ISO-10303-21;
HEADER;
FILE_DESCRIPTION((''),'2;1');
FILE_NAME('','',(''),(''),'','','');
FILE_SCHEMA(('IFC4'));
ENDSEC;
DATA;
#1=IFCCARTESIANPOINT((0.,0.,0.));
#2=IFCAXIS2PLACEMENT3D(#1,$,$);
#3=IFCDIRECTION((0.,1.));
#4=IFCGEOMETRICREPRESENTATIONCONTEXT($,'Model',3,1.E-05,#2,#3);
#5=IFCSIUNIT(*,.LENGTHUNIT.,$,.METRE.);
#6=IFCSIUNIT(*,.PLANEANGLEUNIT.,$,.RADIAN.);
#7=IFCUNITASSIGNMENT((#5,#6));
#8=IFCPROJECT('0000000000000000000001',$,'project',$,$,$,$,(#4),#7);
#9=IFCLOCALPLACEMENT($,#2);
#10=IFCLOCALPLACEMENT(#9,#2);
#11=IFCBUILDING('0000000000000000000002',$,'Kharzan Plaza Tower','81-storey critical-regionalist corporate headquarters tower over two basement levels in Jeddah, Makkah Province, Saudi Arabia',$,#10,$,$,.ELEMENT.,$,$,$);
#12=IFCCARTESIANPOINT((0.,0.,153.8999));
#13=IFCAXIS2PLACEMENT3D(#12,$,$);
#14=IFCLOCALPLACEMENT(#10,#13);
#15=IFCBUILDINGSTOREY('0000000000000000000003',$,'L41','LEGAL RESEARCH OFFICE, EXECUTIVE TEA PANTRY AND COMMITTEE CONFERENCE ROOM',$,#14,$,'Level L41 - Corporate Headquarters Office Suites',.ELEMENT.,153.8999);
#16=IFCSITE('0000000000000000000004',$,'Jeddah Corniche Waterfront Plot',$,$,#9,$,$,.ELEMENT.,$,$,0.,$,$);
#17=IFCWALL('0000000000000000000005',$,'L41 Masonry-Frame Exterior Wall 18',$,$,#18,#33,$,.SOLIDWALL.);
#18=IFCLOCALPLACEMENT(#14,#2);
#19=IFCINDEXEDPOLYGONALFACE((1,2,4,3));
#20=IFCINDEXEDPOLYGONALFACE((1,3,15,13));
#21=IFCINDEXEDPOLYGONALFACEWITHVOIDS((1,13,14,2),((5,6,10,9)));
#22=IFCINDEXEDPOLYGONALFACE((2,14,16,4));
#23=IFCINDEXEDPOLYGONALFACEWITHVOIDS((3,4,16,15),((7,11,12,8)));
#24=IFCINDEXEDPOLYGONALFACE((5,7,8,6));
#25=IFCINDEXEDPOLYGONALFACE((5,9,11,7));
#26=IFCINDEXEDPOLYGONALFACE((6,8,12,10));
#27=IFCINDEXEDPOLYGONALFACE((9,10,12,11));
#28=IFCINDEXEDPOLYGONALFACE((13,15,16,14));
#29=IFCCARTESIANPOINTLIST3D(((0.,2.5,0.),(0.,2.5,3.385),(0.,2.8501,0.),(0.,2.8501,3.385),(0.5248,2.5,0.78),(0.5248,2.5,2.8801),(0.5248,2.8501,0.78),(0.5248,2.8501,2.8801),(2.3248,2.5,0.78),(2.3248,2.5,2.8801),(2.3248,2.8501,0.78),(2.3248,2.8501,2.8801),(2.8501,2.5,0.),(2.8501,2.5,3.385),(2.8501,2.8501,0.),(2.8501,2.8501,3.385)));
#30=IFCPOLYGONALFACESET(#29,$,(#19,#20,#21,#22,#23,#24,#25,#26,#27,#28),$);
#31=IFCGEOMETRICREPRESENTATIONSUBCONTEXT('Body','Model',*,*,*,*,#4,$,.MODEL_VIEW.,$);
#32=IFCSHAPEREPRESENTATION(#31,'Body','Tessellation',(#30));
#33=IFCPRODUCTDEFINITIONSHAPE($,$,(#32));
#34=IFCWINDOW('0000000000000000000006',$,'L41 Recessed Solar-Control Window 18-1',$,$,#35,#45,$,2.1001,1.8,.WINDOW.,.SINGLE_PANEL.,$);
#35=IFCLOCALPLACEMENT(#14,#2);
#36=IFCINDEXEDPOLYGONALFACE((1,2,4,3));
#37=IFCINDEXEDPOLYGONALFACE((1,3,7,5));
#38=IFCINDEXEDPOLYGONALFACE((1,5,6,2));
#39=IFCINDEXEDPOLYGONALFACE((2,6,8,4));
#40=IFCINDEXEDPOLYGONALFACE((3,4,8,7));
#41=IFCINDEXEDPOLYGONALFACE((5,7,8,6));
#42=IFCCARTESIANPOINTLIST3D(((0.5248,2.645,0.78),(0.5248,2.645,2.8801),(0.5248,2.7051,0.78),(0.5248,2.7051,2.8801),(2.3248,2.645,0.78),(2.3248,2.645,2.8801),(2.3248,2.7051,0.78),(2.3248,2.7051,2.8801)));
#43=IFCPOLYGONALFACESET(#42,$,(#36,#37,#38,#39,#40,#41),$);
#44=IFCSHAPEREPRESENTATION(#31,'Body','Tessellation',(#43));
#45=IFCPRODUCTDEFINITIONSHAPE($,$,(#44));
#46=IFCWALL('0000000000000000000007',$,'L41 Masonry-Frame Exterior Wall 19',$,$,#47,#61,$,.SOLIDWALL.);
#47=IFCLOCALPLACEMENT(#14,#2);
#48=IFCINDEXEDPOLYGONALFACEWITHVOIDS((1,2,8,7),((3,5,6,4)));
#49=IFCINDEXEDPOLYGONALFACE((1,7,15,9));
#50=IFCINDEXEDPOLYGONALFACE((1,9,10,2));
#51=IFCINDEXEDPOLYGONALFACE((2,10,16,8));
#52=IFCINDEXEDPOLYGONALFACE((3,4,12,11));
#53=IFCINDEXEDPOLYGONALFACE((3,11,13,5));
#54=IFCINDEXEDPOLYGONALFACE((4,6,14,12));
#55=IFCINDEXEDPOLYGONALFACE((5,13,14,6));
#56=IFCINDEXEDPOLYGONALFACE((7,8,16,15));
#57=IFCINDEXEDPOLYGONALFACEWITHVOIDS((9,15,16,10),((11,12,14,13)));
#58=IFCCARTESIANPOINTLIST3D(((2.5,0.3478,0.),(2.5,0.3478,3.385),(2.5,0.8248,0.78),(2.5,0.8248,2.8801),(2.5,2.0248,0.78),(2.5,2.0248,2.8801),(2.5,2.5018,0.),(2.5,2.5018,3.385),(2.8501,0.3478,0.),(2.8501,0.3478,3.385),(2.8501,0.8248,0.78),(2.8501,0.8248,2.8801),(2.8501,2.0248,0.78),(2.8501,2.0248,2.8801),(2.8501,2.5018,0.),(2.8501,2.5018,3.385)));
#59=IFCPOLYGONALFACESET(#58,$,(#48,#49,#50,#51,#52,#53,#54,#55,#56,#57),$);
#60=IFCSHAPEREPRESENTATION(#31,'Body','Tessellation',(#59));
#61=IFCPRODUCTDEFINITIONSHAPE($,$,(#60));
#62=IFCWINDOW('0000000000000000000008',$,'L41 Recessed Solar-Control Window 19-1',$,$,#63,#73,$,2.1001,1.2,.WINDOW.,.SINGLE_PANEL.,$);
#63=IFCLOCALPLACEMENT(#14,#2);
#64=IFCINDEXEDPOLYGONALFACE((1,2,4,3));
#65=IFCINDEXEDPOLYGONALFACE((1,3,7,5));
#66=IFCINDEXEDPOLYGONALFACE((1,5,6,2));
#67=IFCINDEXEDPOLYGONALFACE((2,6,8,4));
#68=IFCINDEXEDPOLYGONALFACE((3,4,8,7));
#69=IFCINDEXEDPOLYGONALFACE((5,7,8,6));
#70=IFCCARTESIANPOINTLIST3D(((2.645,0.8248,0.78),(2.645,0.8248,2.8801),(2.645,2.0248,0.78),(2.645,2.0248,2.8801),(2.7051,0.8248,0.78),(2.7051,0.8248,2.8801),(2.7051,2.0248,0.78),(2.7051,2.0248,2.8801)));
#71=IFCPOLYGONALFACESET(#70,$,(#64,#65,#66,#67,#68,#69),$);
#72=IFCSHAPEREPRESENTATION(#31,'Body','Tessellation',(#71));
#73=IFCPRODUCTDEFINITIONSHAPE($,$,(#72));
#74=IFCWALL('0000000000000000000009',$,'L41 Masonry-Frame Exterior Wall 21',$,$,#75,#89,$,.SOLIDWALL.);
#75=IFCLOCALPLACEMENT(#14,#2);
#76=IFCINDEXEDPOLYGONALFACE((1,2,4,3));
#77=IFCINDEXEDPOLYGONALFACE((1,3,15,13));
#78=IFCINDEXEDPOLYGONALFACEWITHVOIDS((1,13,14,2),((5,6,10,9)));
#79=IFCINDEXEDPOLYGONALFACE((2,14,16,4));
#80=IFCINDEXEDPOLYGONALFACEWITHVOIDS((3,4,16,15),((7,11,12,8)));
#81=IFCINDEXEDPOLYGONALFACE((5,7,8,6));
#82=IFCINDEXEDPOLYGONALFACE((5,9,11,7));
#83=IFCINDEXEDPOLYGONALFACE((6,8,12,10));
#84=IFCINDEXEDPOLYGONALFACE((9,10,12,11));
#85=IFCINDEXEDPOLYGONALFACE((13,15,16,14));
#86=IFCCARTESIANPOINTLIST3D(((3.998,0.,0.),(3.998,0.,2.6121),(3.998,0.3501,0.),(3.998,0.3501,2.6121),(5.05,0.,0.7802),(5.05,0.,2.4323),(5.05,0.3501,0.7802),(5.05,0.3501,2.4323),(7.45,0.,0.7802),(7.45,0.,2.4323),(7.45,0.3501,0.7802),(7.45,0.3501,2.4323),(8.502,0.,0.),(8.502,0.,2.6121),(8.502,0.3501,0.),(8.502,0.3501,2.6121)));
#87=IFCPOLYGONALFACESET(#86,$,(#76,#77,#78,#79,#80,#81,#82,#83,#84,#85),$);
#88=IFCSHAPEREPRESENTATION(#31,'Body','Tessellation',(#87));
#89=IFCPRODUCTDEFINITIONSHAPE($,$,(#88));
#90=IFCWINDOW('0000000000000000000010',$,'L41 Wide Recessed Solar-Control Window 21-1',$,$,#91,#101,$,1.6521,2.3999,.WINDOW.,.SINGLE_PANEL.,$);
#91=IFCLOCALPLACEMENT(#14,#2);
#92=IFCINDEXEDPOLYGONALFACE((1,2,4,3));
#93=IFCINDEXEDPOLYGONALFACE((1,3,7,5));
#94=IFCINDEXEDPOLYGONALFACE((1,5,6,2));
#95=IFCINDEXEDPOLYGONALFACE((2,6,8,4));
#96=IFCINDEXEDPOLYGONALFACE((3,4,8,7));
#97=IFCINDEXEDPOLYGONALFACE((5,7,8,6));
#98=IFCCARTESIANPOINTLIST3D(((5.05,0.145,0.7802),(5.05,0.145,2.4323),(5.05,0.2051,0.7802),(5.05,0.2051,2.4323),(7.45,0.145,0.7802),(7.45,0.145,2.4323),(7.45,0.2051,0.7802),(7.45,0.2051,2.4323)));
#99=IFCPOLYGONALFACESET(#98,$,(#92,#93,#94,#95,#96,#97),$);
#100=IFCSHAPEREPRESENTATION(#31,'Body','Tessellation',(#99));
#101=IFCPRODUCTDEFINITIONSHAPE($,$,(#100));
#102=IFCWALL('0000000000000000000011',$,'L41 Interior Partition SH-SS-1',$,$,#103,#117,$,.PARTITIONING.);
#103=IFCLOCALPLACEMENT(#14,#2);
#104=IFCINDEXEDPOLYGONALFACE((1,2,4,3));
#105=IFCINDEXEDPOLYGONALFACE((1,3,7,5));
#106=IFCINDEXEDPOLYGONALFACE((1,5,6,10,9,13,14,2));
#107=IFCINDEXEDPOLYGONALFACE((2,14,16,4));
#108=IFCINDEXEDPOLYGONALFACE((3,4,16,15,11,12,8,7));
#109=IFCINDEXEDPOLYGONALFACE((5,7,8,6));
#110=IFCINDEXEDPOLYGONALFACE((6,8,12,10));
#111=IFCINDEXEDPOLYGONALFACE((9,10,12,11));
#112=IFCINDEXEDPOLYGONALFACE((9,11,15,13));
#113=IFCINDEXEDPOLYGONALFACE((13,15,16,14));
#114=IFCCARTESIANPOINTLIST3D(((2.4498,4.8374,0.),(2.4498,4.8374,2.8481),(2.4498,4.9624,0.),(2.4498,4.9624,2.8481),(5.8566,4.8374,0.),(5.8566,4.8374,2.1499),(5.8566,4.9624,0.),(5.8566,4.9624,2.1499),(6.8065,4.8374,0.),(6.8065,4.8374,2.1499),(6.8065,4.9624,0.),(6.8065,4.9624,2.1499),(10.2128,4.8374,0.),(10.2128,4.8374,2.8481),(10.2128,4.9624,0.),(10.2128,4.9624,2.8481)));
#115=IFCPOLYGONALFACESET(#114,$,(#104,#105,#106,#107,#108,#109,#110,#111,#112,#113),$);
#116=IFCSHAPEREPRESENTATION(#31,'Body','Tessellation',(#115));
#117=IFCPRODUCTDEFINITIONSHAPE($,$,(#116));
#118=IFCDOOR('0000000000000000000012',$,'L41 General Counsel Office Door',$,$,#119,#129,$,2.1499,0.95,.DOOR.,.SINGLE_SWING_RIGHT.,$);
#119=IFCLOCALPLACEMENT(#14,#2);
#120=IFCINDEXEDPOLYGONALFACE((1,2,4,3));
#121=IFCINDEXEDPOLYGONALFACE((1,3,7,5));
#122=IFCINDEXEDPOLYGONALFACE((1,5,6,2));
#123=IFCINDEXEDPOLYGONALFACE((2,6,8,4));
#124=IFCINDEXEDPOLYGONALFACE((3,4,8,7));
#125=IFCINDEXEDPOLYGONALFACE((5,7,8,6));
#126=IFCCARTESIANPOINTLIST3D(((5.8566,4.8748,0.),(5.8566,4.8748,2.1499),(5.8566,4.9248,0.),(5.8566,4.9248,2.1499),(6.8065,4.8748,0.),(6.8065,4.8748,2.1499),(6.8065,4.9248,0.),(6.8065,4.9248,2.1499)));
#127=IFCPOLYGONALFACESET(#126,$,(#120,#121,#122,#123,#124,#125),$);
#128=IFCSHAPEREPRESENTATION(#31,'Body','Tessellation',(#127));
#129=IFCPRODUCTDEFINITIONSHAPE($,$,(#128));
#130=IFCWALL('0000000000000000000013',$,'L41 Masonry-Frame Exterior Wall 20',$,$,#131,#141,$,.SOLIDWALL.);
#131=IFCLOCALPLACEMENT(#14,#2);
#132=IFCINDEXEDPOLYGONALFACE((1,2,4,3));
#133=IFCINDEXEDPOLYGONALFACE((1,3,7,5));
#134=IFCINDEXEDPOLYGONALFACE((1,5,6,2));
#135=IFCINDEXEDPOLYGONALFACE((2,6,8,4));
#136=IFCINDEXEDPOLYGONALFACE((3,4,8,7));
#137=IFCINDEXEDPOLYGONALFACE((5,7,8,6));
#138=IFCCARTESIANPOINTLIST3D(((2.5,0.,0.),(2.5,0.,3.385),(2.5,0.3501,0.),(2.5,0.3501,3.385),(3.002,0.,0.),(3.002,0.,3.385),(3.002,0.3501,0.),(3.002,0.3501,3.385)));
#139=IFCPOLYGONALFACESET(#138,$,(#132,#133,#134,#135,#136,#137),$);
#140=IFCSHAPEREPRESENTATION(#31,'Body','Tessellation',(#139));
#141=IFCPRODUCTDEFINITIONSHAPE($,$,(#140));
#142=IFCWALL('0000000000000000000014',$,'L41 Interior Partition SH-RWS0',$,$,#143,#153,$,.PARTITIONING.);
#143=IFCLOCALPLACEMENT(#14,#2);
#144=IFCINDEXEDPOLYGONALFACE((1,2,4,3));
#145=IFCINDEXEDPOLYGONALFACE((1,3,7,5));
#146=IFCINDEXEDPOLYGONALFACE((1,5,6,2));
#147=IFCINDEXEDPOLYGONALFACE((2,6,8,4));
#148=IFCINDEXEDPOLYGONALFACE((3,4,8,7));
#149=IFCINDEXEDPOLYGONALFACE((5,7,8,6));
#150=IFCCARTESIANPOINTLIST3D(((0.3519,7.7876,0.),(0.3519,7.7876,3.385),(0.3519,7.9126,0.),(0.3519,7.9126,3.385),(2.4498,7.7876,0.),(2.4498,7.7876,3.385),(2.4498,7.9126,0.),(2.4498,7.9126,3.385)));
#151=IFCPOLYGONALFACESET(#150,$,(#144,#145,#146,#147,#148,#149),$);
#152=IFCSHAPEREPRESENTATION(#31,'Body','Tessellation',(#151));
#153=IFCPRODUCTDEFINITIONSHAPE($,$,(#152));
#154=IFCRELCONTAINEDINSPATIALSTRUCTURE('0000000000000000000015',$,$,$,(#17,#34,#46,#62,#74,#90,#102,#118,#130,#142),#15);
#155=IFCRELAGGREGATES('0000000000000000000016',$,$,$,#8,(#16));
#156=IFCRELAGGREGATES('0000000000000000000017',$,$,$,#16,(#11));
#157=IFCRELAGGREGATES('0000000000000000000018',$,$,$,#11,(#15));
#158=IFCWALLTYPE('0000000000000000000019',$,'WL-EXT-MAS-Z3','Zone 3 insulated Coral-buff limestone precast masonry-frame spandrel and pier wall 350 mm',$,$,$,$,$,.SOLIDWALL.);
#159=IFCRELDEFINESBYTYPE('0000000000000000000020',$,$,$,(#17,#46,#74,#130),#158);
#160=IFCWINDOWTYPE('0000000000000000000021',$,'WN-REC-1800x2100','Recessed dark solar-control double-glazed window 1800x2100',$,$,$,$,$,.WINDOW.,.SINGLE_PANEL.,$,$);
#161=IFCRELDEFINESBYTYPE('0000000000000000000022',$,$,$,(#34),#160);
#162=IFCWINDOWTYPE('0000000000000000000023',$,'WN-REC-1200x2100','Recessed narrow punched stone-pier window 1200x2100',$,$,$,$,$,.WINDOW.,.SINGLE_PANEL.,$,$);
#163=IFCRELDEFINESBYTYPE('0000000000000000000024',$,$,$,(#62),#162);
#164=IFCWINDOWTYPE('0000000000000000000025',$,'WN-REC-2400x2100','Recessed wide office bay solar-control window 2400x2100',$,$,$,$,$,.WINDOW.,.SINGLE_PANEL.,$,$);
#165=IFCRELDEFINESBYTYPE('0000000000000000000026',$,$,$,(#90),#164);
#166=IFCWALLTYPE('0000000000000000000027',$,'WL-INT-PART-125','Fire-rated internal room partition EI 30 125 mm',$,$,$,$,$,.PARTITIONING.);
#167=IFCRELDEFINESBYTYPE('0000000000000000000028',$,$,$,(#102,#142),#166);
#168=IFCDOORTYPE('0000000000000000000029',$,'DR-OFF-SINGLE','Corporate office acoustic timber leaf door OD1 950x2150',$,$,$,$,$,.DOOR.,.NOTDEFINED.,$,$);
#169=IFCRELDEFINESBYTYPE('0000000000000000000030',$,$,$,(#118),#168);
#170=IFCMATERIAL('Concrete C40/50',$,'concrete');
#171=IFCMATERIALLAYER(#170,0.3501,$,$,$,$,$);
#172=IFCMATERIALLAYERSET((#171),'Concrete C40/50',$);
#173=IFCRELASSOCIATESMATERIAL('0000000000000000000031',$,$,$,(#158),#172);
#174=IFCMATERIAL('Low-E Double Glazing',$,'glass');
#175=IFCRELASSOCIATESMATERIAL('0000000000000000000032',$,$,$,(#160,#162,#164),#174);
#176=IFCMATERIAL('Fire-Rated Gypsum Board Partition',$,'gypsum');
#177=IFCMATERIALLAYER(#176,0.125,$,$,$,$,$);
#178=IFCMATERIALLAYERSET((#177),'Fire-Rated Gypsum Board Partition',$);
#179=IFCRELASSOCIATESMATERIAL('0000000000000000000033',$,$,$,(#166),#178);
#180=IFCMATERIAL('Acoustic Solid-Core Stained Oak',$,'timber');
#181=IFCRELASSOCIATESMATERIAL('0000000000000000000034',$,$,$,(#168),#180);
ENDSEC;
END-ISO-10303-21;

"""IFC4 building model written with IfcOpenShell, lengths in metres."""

from ifc_helpers import new_model, si_unit, direction, frame, frame_2d, origin, place, context, subcontext, project, spatial, rectangle, extrude, source, transform, mapped, material, layer, layer_set, type_object, element, fill, save


model = new_model("IFC4")

# Units and contexts
model_context = context("Model", 3, precision=1e-05, world=origin(), true_north=direction((0.0, 1.0)))
body_context = subcontext(model_context, "Body", "Model", "MODEL_VIEW")
ifc_project = project(units=[si_unit("LENGTHUNIT", "METRE"), si_unit("PLANEANGLEUNIT", "RADIAN")], contexts=[model_context])

# Site, building, storey
site_placement = place(None, origin())
site = spatial("IfcSite", under=ifc_project, at=site_placement, Name="Jeddah Corniche Waterfront Plot", CompositionType="ELEMENT", RefElevation=0.0)
building_placement = place(site_placement, origin())
building = spatial("IfcBuilding", under=site, at=building_placement, Name="Kharzan Plaza Tower", Description="81-storey critical-regionalist corporate headquarters tower over two basement levels in Jeddah, Makkah Province, Saudi Arabia", CompositionType="ELEMENT")
storey_placement = place(building_placement, frame((0.0, 0.0, 153.8999)))
storey = spatial("IfcBuildingStorey", under=building, at=storey_placement, Name="L41", Description="LEGAL RESEARCH OFFICE, EXECUTIVE TEA PANTRY AND COMMITTEE CONFERENCE ROOM", LongName="Level L41 - Corporate Headquarters Office Suites", CompositionType="ELEMENT", Elevation=153.8999)

# Shared definitions
ifc_material_1 = material(Name="Concrete C40/50", Category="concrete")

# Walls, openings, windows
ifc_layer_1 = layer(ifc_material_1, 0.3501)
ifc_layer_set_1 = layer_set([ifc_layer_1], Name="Concrete C40/50")
wall_type_1 = type_object("IfcWallType", Name="WL-EXT-MAS-Z3", Description="Zone 3 insulated Coral-buff limestone precast masonry-frame spandrel and pier wall 350 mm", PredefinedType="SOLIDWALL", material=ifc_layer_set_1)
ifc_material_2 = material(Name="Low-E Double Glazing", Category="glass")
window_type_1 = type_object("IfcWindowType", Name="WN-REC-1800x2100", Description="Recessed dark solar-control double-glazed window 1800x2100", PartitioningType="SINGLE_PANEL", PredefinedType="WINDOW", material=ifc_material_2)
wall_1_placement = place(storey_placement, frame((0.0, 2.675, 0.0), z_axis=(0.0, 0.0, 1.0), x_axis=(1.0, 0.0, 0.0)))
wall_1 = element("IfcWall", 1, at=wall_1_placement, inside=storey, type_object=wall_type_1, Name="L41 Masonry-Frame Exterior Wall 18", PredefinedType="SOLIDWALL", context=body_context, shape_type="SweptSolid", body=[
    extrude(rectangle(XDim=2.8501, YDim=0.3501, at=frame_2d((1.425, 0.0))), origin(), (0.0, 0.0, 1.0), 3.385),
])
opening_1_placement = place(wall_1_placement, frame((0.5249, 0.0, 0.78)))
opening_1 = element("IfcOpeningElement", 2, at=opening_1_placement, cuts=wall_1, PredefinedType="OPENING", context=body_context, shape_type="SweptSolid", body=[
    extrude(rectangle(XDim=1.8, YDim=2.1001, at=frame_2d((0.8999, 1.05))), frame((0.0, 0.1851, 0.0), z_axis=(0.0, -1.0, 0.0), x_axis=(1.0, 0.0, 0.0)), (0.0, 0.0, 1.0), 0.3701),
])
shared_shape_1 = source(origin(), body_context, "Body", "SweptSolid", [
    extrude(rectangle(XDim=1.8, YDim=2.1001, at=frame_2d((0.8999, 1.05))), frame((0.0, 0.03, 0.0), z_axis=(0.0, -1.0, 0.0), x_axis=(1.0, 0.0, 0.0)), (0.0, 0.0, 1.0), 0.0601),
])
window_1_placement = place(opening_1_placement, origin())
window_1 = element("IfcWindow", 3, at=window_1_placement, inside=storey, type_object=window_type_1, Name="L41 Recessed Solar-Control Window 18-1", OverallHeight=2.1001, OverallWidth=1.8, PartitioningType="SINGLE_PANEL", PredefinedType="WINDOW", context=body_context, shape_type="MappedRepresentation", body=[
    mapped(shared_shape_1, transform((0.0, 0.0, 0.0), x_axis=(1.0, 0.0, 0.0), y_axis=(0.0, 1.0, 0.0), z_axis=(0.0, 0.0, 1.0))),
])
fill(opening_1, window_1)
wall_2_placement = place(storey_placement, frame((2.675, 2.502, 0.0), z_axis=(0.0, 0.0, 1.0), x_axis=(0.0, -1.0, 0.0)))
wall_2 = element("IfcWall", 4, at=wall_2_placement, inside=storey, type_object=wall_type_1, Name="L41 Masonry-Frame Exterior Wall 19", PredefinedType="SOLIDWALL", context=body_context, shape_type="SweptSolid", body=[
    extrude(rectangle(XDim=2.1541, YDim=0.3501, at=frame_2d((1.0771, 0.0))), origin(), (0.0, 0.0, 1.0), 3.385),
])
opening_2_placement = place(wall_2_placement, frame((0.4771, 0.0, 0.78)))
opening_2 = element("IfcOpeningElement", 5, at=opening_2_placement, cuts=wall_2, PredefinedType="OPENING", context=body_context, shape_type="SweptSolid", body=[
    extrude(rectangle(XDim=1.2, YDim=2.1001, at=frame_2d((0.6001, 1.05))), frame((0.0, 0.1851, 0.0), z_axis=(0.0, -1.0, 0.0), x_axis=(1.0, 0.0, 0.0)), (0.0, 0.0, 1.0), 0.3701),
])
window_type_2 = type_object("IfcWindowType", Name="WN-REC-1200x2100", Description="Recessed narrow punched stone-pier window 1200x2100", PartitioningType="SINGLE_PANEL", PredefinedType="WINDOW", material=ifc_material_2)
shared_shape_2 = source(origin(), body_context, "Body", "SweptSolid", [
    extrude(rectangle(XDim=1.2, YDim=2.1001, at=frame_2d((0.6001, 1.05))), frame((0.0, 0.03, 0.0), z_axis=(0.0, -1.0, 0.0), x_axis=(1.0, 0.0, 0.0)), (0.0, 0.0, 1.0), 0.0601),
])
window_2_placement = place(opening_2_placement, origin())
window_2 = element("IfcWindow", 6, at=window_2_placement, inside=storey, type_object=window_type_2, Name="L41 Recessed Solar-Control Window 19-1", OverallHeight=2.1001, OverallWidth=1.2, PartitioningType="SINGLE_PANEL", PredefinedType="WINDOW", context=body_context, shape_type="MappedRepresentation", body=[
    mapped(shared_shape_2, transform((0.0, 0.0, 0.0), x_axis=(1.0, 0.0, 0.0), y_axis=(0.0, 1.0, 0.0), z_axis=(0.0, 0.0, 1.0))),
])
fill(opening_2, window_2)
wall_3_placement = place(storey_placement, frame((3.998, 0.175, 0.0), z_axis=(0.0, 0.0, 1.0), x_axis=(1.0, 0.0, 0.0)))
wall_3 = element("IfcWall", 7, at=wall_3_placement, inside=storey, type_object=wall_type_1, Name="L41 Masonry-Frame Exterior Wall 21", PredefinedType="SOLIDWALL", context=body_context, shape_type="SweptSolid", body=[
    extrude(rectangle(XDim=4.5039, YDim=0.3501, at=frame_2d((2.252, 0.0))), origin(), (0.0, 0.0, 1.0), 2.6121),
])
opening_3_placement = place(wall_3_placement, frame((1.052, 0.0, 0.78)))
opening_3 = element("IfcOpeningElement", 8, at=opening_3_placement, cuts=wall_3, PredefinedType="OPENING", context=body_context, shape_type="SweptSolid", body=[
    extrude(rectangle(XDim=2.3999, YDim=1.6521, at=frame_2d((1.2, 0.8262))), frame((0.0, 0.1851, 0.0), z_axis=(0.0, -1.0, 0.0), x_axis=(1.0, 0.0, 0.0)), (0.0, 0.0, 1.0), 0.3701),
])
window_type_3 = type_object("IfcWindowType", Name="WN-REC-2400x2100", Description="Recessed wide office bay solar-control window 2400x2100", PartitioningType="SINGLE_PANEL", PredefinedType="WINDOW", material=ifc_material_2)
shared_shape_3 = source(origin(), body_context, "Body", "SweptSolid", [
    extrude(rectangle(XDim=2.3999, YDim=1.6521, at=frame_2d((1.2, 0.8262))), frame((0.0, 0.03, 0.0), z_axis=(0.0, -1.0, 0.0), x_axis=(1.0, 0.0, 0.0)), (0.0, 0.0, 1.0), 0.0601),
])
window_3_placement = place(opening_3_placement, origin())
window_3 = element("IfcWindow", 9, at=window_3_placement, inside=storey, type_object=window_type_3, Name="L41 Wide Recessed Solar-Control Window 21-1", OverallHeight=1.6521, OverallWidth=2.3999, PartitioningType="SINGLE_PANEL", PredefinedType="WINDOW", context=body_context, shape_type="MappedRepresentation", body=[
    mapped(shared_shape_3, transform((0.0, 0.0, 0.0), x_axis=(1.0, 0.0, 0.0), y_axis=(0.0, 1.0, 0.0), z_axis=(0.0, 0.0, 1.0))),
])
fill(opening_3, window_3)

# Wall, opening, door
ifc_material_3 = material(Name="Fire-Rated Gypsum Board Partition", Category="gypsum")
ifc_layer_2 = layer(ifc_material_3, 0.125)
ifc_layer_set_2 = layer_set([ifc_layer_2], Name="Fire-Rated Gypsum Board Partition")
wall_type_2 = type_object("IfcWallType", Name="WL-INT-PART-125", Description="Fire-rated internal room partition EI 30 125 mm", PredefinedType="PARTITIONING", material=ifc_layer_set_2)
ifc_material_4 = material(Name="Acoustic Solid-Core Stained Oak", Category="timber")
door_type = type_object("IfcDoorType", Name="DR-OFF-SINGLE", Description="Corporate office acoustic timber leaf door OD1 950x2150", OperationType="NOTDEFINED", PredefinedType="DOOR", material=ifc_material_4)
shared_shape_4 = source(origin(), body_context, "Body", "SweptSolid", [
    extrude(rectangle(XDim=0.95, YDim=2.1499, at=frame_2d((0.4751, 1.075))), frame((0.0, 0.0249, 0.0), z_axis=(0.0, -1.0, 0.0), x_axis=(1.0, 0.0, 0.0)), (0.0, 0.0, 1.0), 0.05),
])
wall_4_placement = place(storey_placement, frame((2.45, 4.8999, 0.0), z_axis=(0.0, 0.0, 1.0), x_axis=(1.0, 0.0, 0.0)))
wall_4 = element("IfcWall", 10, at=wall_4_placement, inside=storey, type_object=wall_type_2, Name="L41 Interior Partition SH-SS-1", PredefinedType="PARTITIONING", context=body_context, shape_type="SweptSolid", body=[
    extrude(rectangle(XDim=7.7629, YDim=0.125, at=frame_2d((3.8813, 0.0))), origin(), (0.0, 0.0, 1.0), 2.8481),
])
opening_4_placement = place(wall_4_placement, frame((3.4065, 0.0, 0.0)))
opening_4 = element("IfcOpeningElement", 11, at=opening_4_placement, cuts=wall_4, PredefinedType="OPENING", context=body_context, shape_type="SweptSolid", body=[
    extrude(rectangle(XDim=0.95, YDim=2.1499, at=frame_2d((0.4751, 1.075))), frame((0.0, 0.0725, 0.0), z_axis=(0.0, -1.0, 0.0), x_axis=(1.0, 0.0, 0.0)), (0.0, 0.0, 1.0), 0.145),
])
door_1_placement = place(opening_4_placement, origin())
door_1 = element("IfcDoor", 12, at=door_1_placement, inside=storey, type_object=door_type, Name="L41 General Counsel Office Door", OperationType="SINGLE_SWING_RIGHT", OverallHeight=2.1499, OverallWidth=0.95, PredefinedType="DOOR", context=body_context, shape_type="MappedRepresentation", body=[
    mapped(shared_shape_4, transform((0.0, 0.0, 0.0), x_axis=(1.0, 0.0, 0.0), y_axis=(0.0, 1.0, 0.0), z_axis=(0.0, 0.0, 1.0))),
])
fill(opening_4, door_1)

# Walls
shared_shape_5 = source(origin(), body_context, "Body", "SweptSolid", [
    extrude(rectangle(XDim=0.502, YDim=0.3501, at=frame_2d((0.251, 0.0))), origin(), (0.0, 0.0, 1.0), 3.385),
])
wall_5_placement = place(storey_placement, frame((2.5, 0.175, 0.0), z_axis=(0.0, 0.0, 1.0), x_axis=(1.0, 0.0, 0.0)))
element("IfcWall", 13, at=wall_5_placement, inside=storey, type_object=wall_type_1, Name="L41 Masonry-Frame Exterior Wall 20", PredefinedType="SOLIDWALL", context=body_context, shape_type="MappedRepresentation", body=[
    mapped(shared_shape_5, transform((0.0, 0.0, 0.0), x_axis=(1.0, 0.0, 0.0), y_axis=(0.0, 1.0, 0.0), z_axis=(0.0, 0.0, 1.0))),
])
shared_shape_6 = source(origin(), body_context, "Body", "SweptSolid", [
    extrude(rectangle(XDim=2.0979, YDim=0.125, at=frame_2d((1.0488, 0.0))), origin(), (0.0, 0.0, 1.0), 3.385),
])
wall_6_placement = place(storey_placement, frame((0.3521, 7.8501, 0.0), z_axis=(0.0, 0.0, 1.0), x_axis=(1.0, 0.0, 0.0)))
element("IfcWall", 14, at=wall_6_placement, inside=storey, type_object=wall_type_2, Name="L41 Interior Partition SH-RWS0", PredefinedType="PARTITIONING", context=body_context, shape_type="MappedRepresentation", body=[
    mapped(shared_shape_6, transform((0.0, 0.0, 0.0), x_axis=(1.0, 0.0, 0.0), y_axis=(0.0, 1.0, 0.0), z_axis=(0.0, 0.0, 1.0))),
])

save(model, "model.ifc")
